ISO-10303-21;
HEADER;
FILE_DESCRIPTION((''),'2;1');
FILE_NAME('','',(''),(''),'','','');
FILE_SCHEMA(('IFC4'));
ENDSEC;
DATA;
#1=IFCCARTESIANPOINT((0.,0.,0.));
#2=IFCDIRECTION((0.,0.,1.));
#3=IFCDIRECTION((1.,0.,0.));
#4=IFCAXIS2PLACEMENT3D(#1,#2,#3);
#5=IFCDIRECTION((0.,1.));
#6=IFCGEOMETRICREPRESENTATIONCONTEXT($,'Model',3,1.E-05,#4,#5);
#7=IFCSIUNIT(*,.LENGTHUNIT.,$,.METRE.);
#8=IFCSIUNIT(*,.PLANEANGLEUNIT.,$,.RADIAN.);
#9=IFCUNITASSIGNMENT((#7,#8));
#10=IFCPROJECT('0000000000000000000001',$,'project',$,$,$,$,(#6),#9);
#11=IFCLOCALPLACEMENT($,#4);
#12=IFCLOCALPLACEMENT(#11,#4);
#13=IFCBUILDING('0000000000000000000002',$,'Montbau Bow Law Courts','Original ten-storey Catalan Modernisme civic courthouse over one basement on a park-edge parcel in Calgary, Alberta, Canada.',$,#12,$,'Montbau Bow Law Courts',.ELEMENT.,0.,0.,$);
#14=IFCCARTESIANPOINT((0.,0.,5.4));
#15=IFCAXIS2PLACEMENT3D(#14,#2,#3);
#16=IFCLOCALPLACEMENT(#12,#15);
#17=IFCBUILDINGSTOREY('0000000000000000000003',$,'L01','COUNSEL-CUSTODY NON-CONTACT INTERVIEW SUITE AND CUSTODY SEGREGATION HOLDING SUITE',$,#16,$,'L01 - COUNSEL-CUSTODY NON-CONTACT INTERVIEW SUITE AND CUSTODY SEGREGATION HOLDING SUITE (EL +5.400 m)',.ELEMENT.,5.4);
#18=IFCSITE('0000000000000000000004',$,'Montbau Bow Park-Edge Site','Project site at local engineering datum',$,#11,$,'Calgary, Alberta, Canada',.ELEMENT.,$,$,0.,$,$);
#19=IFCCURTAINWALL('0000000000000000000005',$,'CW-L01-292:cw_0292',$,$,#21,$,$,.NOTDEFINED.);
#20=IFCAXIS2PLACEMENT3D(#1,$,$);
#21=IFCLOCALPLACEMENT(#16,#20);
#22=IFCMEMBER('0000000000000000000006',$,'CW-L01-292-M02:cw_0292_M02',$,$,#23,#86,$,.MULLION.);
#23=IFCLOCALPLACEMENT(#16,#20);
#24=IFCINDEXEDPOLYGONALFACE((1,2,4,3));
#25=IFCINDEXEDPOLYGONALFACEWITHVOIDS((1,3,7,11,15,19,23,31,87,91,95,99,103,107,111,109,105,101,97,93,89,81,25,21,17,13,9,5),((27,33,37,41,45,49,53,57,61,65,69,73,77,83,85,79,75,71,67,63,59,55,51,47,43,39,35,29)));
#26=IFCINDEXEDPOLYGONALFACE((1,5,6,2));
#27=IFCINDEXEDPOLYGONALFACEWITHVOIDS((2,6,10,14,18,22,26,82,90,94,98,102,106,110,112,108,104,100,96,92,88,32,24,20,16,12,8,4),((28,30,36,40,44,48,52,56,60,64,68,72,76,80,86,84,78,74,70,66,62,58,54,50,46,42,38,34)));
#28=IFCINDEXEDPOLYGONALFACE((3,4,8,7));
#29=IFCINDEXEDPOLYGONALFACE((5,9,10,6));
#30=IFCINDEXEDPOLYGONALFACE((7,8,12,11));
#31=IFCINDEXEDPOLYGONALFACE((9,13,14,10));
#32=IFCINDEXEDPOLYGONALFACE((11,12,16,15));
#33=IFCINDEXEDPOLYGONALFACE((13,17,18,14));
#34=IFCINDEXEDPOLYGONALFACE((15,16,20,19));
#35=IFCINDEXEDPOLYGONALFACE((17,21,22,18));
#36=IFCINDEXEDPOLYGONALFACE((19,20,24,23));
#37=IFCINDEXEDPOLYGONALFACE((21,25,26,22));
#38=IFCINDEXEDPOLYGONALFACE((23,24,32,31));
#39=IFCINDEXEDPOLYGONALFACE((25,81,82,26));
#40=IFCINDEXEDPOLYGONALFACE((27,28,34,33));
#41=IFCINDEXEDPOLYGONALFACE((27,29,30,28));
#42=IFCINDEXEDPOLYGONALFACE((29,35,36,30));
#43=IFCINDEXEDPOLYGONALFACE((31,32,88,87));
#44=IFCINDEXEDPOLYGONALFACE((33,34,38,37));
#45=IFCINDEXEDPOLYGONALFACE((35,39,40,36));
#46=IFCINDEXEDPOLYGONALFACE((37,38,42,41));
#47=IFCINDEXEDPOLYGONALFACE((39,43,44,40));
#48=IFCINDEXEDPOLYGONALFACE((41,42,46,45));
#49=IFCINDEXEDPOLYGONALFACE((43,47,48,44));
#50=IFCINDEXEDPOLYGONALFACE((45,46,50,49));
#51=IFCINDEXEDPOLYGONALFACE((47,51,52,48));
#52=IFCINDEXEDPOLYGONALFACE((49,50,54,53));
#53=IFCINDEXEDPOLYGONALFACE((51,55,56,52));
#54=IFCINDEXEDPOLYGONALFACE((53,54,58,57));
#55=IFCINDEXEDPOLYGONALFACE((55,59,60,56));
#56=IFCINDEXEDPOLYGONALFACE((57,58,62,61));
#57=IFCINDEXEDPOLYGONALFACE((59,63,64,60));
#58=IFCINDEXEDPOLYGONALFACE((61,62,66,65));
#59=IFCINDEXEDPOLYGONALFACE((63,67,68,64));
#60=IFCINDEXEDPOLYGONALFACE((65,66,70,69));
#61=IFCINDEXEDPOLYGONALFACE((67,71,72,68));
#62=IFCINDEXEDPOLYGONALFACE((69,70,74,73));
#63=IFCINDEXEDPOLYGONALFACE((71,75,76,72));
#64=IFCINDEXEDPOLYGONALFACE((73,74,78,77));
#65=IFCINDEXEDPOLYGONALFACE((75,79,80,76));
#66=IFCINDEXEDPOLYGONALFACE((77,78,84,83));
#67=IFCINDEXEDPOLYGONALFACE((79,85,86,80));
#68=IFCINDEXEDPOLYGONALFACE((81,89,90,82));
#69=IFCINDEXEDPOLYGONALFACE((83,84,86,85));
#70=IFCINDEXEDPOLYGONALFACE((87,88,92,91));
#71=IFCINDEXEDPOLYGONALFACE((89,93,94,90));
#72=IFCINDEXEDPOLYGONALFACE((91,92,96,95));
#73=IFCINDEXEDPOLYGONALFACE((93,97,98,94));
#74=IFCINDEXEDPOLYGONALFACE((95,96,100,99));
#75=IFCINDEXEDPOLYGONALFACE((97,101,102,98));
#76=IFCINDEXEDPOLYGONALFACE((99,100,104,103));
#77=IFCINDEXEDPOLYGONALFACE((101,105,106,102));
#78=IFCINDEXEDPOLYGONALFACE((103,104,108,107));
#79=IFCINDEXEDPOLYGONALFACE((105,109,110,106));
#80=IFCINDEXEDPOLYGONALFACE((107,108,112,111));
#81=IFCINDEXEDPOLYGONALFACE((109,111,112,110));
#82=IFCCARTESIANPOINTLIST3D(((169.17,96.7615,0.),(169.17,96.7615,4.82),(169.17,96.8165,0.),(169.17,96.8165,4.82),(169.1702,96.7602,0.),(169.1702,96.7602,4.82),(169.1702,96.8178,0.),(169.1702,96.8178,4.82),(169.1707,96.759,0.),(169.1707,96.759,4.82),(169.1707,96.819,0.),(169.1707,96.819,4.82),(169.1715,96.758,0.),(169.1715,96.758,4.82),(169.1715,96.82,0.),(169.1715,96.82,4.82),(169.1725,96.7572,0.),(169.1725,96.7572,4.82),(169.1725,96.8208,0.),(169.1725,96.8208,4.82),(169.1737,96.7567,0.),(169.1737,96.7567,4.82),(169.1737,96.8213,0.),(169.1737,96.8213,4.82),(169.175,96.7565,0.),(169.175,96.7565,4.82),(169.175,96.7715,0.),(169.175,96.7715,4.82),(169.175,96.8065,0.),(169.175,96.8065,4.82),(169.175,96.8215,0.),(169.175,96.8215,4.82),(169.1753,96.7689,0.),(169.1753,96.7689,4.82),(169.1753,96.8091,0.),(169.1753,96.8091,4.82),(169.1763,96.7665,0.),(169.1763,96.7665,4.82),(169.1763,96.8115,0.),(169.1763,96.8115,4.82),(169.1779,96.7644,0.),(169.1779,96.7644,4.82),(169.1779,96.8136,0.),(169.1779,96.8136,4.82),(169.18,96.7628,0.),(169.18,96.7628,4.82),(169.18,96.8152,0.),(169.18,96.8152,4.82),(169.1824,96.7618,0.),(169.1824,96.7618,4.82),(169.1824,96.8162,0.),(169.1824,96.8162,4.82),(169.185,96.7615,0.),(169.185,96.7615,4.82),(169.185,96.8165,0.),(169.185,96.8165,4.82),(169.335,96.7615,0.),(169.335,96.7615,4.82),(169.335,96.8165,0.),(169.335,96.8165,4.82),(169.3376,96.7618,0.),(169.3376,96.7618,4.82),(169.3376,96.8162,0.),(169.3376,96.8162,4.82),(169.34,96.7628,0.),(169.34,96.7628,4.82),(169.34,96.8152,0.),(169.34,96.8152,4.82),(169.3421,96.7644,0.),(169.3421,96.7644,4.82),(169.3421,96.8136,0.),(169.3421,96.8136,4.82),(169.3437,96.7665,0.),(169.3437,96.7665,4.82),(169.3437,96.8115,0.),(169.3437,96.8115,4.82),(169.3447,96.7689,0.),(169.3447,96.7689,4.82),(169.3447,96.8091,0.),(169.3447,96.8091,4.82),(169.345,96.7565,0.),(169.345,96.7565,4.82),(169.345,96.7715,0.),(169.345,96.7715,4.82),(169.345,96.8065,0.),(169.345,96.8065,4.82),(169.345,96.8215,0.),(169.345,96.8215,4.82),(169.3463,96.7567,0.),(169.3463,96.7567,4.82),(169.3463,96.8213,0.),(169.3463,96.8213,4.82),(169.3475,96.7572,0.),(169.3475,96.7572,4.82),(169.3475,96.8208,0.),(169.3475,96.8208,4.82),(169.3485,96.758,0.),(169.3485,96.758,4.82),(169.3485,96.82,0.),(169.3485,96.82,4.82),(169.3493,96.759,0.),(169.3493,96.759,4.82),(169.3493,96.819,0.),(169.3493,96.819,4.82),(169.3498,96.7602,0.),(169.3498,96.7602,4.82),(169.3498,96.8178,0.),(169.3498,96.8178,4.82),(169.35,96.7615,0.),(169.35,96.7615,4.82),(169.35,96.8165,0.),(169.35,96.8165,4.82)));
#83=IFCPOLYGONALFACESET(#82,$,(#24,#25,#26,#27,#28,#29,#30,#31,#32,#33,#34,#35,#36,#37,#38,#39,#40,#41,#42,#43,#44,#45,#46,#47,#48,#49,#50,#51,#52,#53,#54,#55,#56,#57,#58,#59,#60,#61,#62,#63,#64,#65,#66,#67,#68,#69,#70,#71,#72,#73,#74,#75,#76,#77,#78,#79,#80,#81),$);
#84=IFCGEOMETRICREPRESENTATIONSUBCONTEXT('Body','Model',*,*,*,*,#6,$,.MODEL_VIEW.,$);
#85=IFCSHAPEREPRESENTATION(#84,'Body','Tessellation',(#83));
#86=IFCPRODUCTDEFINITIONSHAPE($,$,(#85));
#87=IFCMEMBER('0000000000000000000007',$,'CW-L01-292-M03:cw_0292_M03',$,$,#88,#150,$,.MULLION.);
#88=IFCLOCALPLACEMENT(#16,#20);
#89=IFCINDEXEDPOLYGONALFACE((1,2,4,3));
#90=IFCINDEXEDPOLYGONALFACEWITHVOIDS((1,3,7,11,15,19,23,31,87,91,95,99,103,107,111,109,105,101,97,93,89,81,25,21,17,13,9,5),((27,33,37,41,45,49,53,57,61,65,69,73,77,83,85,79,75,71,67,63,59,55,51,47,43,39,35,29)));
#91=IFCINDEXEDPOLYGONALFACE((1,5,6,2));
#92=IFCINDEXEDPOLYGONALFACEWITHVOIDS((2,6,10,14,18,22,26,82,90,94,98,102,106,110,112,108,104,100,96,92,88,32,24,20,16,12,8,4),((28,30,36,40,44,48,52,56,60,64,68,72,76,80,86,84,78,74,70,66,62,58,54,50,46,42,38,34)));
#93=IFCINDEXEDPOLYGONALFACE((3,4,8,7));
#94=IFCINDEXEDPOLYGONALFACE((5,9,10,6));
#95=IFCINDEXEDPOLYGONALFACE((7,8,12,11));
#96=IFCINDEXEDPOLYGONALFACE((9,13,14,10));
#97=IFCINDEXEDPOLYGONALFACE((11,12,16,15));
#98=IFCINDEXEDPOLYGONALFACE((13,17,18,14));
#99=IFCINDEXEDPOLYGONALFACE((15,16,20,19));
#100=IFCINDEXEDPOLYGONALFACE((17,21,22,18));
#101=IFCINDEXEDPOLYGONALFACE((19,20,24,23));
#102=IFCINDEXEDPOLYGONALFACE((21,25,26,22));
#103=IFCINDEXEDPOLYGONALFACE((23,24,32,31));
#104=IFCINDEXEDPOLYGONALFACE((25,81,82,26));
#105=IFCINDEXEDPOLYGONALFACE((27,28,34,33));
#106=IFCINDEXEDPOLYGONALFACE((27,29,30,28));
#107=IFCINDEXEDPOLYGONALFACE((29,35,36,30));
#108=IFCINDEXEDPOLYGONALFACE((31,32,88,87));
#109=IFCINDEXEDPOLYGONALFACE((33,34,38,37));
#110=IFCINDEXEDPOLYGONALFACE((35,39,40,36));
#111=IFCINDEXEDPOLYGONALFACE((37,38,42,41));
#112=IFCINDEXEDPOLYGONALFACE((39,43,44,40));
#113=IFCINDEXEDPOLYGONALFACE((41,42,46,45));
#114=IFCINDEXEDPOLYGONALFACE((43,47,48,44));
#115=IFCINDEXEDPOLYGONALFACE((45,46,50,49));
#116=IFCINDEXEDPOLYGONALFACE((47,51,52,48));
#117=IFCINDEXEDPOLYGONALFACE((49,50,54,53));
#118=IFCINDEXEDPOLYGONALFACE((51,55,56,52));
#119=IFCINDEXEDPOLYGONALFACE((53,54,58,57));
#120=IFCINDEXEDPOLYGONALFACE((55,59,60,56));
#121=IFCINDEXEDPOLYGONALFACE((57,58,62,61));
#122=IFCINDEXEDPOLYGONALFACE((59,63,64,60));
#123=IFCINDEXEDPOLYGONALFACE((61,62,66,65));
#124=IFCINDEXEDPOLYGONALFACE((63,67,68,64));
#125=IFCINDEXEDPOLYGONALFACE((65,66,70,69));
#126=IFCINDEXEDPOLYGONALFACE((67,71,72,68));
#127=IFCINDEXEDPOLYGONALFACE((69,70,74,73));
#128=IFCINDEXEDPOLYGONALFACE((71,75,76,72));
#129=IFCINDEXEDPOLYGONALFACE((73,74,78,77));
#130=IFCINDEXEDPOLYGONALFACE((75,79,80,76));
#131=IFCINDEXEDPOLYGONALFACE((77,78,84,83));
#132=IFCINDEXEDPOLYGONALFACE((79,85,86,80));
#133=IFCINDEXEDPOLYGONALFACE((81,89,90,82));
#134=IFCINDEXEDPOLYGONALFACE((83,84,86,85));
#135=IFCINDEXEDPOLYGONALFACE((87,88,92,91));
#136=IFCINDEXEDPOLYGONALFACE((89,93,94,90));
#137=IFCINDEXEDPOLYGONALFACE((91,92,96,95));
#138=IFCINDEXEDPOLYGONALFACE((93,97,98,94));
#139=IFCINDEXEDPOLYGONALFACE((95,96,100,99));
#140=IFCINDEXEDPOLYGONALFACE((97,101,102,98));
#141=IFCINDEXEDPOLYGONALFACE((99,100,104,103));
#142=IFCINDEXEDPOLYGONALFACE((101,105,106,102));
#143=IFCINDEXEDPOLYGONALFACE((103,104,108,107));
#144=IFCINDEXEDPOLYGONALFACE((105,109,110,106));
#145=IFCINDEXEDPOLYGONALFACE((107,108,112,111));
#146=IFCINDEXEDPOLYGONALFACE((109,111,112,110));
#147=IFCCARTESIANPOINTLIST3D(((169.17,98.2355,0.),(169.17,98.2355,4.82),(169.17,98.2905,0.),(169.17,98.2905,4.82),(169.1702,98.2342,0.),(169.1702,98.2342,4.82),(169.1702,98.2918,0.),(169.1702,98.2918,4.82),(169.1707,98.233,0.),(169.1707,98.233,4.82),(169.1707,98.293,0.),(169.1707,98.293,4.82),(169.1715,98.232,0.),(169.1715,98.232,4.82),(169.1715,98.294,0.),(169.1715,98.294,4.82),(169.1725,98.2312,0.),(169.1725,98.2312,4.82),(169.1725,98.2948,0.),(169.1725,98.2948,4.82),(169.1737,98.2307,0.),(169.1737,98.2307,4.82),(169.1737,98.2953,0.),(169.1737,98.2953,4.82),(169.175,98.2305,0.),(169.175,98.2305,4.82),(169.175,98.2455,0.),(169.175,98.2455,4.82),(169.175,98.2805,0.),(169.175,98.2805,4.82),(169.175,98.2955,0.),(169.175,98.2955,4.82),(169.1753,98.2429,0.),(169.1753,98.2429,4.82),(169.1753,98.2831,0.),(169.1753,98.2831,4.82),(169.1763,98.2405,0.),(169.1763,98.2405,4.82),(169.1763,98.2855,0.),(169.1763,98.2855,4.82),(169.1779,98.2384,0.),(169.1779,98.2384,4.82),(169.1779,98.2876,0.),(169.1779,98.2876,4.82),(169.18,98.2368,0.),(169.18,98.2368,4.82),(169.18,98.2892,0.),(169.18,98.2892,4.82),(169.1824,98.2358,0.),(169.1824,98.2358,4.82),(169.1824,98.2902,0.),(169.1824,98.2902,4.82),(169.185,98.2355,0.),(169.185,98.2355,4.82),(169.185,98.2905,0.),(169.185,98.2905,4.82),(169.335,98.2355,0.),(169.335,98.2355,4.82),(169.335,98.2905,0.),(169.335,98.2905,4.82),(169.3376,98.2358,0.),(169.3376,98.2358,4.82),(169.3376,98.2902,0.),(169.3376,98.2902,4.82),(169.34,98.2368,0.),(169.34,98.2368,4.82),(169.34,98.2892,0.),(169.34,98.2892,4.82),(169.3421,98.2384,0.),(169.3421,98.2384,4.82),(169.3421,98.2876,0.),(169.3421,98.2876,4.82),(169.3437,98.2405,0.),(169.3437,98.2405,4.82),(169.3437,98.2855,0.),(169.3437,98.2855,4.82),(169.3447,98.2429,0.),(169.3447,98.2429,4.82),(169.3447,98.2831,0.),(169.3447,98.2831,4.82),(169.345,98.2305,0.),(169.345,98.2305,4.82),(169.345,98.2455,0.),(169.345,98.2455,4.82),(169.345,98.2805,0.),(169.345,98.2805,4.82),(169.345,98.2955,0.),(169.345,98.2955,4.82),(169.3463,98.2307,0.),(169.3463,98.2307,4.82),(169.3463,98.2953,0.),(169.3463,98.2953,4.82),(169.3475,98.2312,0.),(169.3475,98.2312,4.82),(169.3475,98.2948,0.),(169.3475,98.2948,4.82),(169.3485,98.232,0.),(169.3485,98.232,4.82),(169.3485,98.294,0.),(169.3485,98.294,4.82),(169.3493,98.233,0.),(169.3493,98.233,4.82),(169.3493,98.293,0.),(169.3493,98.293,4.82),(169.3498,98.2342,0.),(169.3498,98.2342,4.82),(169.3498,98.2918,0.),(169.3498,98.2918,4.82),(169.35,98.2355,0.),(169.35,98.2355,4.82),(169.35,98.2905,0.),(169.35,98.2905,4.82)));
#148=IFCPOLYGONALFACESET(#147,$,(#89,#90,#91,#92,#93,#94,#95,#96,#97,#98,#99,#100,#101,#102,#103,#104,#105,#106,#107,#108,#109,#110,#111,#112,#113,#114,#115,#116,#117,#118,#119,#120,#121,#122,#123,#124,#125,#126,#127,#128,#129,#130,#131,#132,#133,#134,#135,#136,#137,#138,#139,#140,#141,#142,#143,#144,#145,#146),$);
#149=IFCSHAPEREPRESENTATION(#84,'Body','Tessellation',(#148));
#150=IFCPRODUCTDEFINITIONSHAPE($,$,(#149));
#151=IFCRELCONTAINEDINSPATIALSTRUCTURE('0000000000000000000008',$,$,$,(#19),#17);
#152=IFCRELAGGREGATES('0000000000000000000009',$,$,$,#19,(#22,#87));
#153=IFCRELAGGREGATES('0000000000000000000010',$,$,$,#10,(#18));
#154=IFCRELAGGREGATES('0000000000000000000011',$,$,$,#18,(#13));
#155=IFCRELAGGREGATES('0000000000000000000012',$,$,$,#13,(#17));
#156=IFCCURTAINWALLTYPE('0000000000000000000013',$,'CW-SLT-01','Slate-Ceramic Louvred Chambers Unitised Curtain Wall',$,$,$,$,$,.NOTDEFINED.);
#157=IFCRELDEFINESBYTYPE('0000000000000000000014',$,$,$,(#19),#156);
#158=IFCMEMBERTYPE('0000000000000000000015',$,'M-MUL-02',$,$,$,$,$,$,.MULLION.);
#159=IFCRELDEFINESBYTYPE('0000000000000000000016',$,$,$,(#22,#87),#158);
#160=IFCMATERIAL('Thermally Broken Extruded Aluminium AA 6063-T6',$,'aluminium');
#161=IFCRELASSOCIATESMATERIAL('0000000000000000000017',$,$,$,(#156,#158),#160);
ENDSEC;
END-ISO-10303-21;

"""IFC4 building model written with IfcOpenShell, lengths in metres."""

from ifc_helpers import new_model, si_unit, direction, frame, origin_with_axes, origin_2d_with_axis, place, context, subcontext, project, spatial, hollow_rectangle, extrude, material, material_profile, profile_set, type_object, element, aggregate, save


model = new_model("IFC4")

# Units and contexts
model_context = context("Model", 3, precision=1e-05, world=origin_with_axes(), true_north=direction((0.0, 1.0)))
body_context = subcontext(model_context, "Body", "Model", "MODEL_VIEW")
ifc_project = project(units=[si_unit("LENGTHUNIT", "METRE"), si_unit("PLANEANGLEUNIT", "RADIAN")], contexts=[model_context])

# Site, building, storey
site_placement = place(None, origin_with_axes())
site = spatial("IfcSite", under=ifc_project, at=site_placement, Name="Montbau Bow Park-Edge Site", Description="Project site at local engineering datum", LongName="Calgary, Alberta, Canada", CompositionType="ELEMENT", RefElevation=0.0)
building_placement = place(site_placement, origin_with_axes())
building = spatial("IfcBuilding", under=site, at=building_placement, Name="Montbau Bow Law Courts", Description="Original ten-storey Catalan Modernisme civic courthouse over one basement on a park-edge parcel in Calgary, Alberta, Canada.", LongName="Montbau Bow Law Courts", CompositionType="ELEMENT", ElevationOfRefHeight=0.0, ElevationOfTerrain=0.0)
storey_placement = place(building_placement, frame((0.0, 0.0, 5.4), z_axis=(0.0, 0.0, 1.0), x_axis=(1.0, 0.0, 0.0)))
storey = spatial("IfcBuildingStorey", under=building, at=storey_placement, Name="L01", Description="COUNSEL-CUSTODY NON-CONTACT INTERVIEW SUITE AND CUSTODY SEGREGATION HOLDING SUITE", LongName="L01 - COUNSEL-CUSTODY NON-CONTACT INTERVIEW SUITE AND CUSTODY SEGREGATION HOLDING SUITE (EL +5.400 m)", CompositionType="ELEMENT", Elevation=5.4)

# Curtain wall, members
ifc_material_1 = material(Name="Thermally Broken Extruded Aluminium AA 6063-T6", Category="aluminium")
curtain_wall_type = type_object("IfcCurtainWallType", Name="CW-SLT-01", Description="Slate-Ceramic Louvred Chambers Unitised Curtain Wall", PredefinedType="NOTDEFINED", material=ifc_material_1)
curtain_wall_1_placement = place(None, frame((169.26, 95.315, 5.4), z_axis=(0.0, 0.0, 1.0), x_axis=(1.0, 0.0, 0.0)))
curtain_wall_1 = element("IfcCurtainWall", 1, at=curtain_wall_1_placement, inside=storey, type_object=curtain_wall_type, Name="CW-L01-292:cw_0292", PredefinedType="NOTDEFINED")
ifc_material_profile_1 = material_profile(ifc_material_1, hollow_rectangle(XDim=0.065, YDim=0.18, WallThickness=0.005, InnerFilletRadius=0.01, OuterFilletRadius=0.005, at=origin_2d_with_axis()), Name="CWM-180X65", Category="Main", Priority=0)
ifc_profile_set_1 = profile_set([ifc_material_profile_1], Name="Thermally Broken Extruded Aluminium AA 6063-T6")
member_type_1 = type_object("IfcMemberType", Name="M-MUL-02", PredefinedType="MULLION", material=ifc_profile_set_1)
member_1_placement = place(None, frame((169.26, 96.789, 5.4), z_axis=(0.0, 0.0, 1.0), x_axis=(0.0, 1.0, 0.0)))
member_1 = element("IfcMember", 2, at=member_1_placement, type_object=member_type_1, Name="CW-L01-292-M02:cw_0292_M02", PredefinedType="MULLION", context=body_context, shape_type="SweptSolid", body=[
    extrude(hollow_rectangle(XDim=0.065, YDim=0.18, WallThickness=0.005, InnerFilletRadius=0.01, OuterFilletRadius=0.005, at=origin_2d_with_axis()), origin_with_axes(), (0.0, 0.0, 1.0), 4.82),
])
member_2_placement = place(None, frame((169.26, 98.263, 5.4), z_axis=(0.0, 0.0, 1.0), x_axis=(0.0, 1.0, 0.0)))
member_2 = element("IfcMember", 3, at=member_2_placement, type_object=member_type_1, Name="CW-L01-292-M03:cw_0292_M03", PredefinedType="MULLION", context=body_context, shape_type="SweptSolid", body=[
    extrude(hollow_rectangle(XDim=0.065, YDim=0.18, WallThickness=0.005, InnerFilletRadius=0.01, OuterFilletRadius=0.005, at=origin_2d_with_axis()), origin_with_axes(), (0.0, 0.0, 1.0), 4.82),
])

aggregate(curtain_wall_1, [member_1, member_2])

save(model, "model.ifc")
